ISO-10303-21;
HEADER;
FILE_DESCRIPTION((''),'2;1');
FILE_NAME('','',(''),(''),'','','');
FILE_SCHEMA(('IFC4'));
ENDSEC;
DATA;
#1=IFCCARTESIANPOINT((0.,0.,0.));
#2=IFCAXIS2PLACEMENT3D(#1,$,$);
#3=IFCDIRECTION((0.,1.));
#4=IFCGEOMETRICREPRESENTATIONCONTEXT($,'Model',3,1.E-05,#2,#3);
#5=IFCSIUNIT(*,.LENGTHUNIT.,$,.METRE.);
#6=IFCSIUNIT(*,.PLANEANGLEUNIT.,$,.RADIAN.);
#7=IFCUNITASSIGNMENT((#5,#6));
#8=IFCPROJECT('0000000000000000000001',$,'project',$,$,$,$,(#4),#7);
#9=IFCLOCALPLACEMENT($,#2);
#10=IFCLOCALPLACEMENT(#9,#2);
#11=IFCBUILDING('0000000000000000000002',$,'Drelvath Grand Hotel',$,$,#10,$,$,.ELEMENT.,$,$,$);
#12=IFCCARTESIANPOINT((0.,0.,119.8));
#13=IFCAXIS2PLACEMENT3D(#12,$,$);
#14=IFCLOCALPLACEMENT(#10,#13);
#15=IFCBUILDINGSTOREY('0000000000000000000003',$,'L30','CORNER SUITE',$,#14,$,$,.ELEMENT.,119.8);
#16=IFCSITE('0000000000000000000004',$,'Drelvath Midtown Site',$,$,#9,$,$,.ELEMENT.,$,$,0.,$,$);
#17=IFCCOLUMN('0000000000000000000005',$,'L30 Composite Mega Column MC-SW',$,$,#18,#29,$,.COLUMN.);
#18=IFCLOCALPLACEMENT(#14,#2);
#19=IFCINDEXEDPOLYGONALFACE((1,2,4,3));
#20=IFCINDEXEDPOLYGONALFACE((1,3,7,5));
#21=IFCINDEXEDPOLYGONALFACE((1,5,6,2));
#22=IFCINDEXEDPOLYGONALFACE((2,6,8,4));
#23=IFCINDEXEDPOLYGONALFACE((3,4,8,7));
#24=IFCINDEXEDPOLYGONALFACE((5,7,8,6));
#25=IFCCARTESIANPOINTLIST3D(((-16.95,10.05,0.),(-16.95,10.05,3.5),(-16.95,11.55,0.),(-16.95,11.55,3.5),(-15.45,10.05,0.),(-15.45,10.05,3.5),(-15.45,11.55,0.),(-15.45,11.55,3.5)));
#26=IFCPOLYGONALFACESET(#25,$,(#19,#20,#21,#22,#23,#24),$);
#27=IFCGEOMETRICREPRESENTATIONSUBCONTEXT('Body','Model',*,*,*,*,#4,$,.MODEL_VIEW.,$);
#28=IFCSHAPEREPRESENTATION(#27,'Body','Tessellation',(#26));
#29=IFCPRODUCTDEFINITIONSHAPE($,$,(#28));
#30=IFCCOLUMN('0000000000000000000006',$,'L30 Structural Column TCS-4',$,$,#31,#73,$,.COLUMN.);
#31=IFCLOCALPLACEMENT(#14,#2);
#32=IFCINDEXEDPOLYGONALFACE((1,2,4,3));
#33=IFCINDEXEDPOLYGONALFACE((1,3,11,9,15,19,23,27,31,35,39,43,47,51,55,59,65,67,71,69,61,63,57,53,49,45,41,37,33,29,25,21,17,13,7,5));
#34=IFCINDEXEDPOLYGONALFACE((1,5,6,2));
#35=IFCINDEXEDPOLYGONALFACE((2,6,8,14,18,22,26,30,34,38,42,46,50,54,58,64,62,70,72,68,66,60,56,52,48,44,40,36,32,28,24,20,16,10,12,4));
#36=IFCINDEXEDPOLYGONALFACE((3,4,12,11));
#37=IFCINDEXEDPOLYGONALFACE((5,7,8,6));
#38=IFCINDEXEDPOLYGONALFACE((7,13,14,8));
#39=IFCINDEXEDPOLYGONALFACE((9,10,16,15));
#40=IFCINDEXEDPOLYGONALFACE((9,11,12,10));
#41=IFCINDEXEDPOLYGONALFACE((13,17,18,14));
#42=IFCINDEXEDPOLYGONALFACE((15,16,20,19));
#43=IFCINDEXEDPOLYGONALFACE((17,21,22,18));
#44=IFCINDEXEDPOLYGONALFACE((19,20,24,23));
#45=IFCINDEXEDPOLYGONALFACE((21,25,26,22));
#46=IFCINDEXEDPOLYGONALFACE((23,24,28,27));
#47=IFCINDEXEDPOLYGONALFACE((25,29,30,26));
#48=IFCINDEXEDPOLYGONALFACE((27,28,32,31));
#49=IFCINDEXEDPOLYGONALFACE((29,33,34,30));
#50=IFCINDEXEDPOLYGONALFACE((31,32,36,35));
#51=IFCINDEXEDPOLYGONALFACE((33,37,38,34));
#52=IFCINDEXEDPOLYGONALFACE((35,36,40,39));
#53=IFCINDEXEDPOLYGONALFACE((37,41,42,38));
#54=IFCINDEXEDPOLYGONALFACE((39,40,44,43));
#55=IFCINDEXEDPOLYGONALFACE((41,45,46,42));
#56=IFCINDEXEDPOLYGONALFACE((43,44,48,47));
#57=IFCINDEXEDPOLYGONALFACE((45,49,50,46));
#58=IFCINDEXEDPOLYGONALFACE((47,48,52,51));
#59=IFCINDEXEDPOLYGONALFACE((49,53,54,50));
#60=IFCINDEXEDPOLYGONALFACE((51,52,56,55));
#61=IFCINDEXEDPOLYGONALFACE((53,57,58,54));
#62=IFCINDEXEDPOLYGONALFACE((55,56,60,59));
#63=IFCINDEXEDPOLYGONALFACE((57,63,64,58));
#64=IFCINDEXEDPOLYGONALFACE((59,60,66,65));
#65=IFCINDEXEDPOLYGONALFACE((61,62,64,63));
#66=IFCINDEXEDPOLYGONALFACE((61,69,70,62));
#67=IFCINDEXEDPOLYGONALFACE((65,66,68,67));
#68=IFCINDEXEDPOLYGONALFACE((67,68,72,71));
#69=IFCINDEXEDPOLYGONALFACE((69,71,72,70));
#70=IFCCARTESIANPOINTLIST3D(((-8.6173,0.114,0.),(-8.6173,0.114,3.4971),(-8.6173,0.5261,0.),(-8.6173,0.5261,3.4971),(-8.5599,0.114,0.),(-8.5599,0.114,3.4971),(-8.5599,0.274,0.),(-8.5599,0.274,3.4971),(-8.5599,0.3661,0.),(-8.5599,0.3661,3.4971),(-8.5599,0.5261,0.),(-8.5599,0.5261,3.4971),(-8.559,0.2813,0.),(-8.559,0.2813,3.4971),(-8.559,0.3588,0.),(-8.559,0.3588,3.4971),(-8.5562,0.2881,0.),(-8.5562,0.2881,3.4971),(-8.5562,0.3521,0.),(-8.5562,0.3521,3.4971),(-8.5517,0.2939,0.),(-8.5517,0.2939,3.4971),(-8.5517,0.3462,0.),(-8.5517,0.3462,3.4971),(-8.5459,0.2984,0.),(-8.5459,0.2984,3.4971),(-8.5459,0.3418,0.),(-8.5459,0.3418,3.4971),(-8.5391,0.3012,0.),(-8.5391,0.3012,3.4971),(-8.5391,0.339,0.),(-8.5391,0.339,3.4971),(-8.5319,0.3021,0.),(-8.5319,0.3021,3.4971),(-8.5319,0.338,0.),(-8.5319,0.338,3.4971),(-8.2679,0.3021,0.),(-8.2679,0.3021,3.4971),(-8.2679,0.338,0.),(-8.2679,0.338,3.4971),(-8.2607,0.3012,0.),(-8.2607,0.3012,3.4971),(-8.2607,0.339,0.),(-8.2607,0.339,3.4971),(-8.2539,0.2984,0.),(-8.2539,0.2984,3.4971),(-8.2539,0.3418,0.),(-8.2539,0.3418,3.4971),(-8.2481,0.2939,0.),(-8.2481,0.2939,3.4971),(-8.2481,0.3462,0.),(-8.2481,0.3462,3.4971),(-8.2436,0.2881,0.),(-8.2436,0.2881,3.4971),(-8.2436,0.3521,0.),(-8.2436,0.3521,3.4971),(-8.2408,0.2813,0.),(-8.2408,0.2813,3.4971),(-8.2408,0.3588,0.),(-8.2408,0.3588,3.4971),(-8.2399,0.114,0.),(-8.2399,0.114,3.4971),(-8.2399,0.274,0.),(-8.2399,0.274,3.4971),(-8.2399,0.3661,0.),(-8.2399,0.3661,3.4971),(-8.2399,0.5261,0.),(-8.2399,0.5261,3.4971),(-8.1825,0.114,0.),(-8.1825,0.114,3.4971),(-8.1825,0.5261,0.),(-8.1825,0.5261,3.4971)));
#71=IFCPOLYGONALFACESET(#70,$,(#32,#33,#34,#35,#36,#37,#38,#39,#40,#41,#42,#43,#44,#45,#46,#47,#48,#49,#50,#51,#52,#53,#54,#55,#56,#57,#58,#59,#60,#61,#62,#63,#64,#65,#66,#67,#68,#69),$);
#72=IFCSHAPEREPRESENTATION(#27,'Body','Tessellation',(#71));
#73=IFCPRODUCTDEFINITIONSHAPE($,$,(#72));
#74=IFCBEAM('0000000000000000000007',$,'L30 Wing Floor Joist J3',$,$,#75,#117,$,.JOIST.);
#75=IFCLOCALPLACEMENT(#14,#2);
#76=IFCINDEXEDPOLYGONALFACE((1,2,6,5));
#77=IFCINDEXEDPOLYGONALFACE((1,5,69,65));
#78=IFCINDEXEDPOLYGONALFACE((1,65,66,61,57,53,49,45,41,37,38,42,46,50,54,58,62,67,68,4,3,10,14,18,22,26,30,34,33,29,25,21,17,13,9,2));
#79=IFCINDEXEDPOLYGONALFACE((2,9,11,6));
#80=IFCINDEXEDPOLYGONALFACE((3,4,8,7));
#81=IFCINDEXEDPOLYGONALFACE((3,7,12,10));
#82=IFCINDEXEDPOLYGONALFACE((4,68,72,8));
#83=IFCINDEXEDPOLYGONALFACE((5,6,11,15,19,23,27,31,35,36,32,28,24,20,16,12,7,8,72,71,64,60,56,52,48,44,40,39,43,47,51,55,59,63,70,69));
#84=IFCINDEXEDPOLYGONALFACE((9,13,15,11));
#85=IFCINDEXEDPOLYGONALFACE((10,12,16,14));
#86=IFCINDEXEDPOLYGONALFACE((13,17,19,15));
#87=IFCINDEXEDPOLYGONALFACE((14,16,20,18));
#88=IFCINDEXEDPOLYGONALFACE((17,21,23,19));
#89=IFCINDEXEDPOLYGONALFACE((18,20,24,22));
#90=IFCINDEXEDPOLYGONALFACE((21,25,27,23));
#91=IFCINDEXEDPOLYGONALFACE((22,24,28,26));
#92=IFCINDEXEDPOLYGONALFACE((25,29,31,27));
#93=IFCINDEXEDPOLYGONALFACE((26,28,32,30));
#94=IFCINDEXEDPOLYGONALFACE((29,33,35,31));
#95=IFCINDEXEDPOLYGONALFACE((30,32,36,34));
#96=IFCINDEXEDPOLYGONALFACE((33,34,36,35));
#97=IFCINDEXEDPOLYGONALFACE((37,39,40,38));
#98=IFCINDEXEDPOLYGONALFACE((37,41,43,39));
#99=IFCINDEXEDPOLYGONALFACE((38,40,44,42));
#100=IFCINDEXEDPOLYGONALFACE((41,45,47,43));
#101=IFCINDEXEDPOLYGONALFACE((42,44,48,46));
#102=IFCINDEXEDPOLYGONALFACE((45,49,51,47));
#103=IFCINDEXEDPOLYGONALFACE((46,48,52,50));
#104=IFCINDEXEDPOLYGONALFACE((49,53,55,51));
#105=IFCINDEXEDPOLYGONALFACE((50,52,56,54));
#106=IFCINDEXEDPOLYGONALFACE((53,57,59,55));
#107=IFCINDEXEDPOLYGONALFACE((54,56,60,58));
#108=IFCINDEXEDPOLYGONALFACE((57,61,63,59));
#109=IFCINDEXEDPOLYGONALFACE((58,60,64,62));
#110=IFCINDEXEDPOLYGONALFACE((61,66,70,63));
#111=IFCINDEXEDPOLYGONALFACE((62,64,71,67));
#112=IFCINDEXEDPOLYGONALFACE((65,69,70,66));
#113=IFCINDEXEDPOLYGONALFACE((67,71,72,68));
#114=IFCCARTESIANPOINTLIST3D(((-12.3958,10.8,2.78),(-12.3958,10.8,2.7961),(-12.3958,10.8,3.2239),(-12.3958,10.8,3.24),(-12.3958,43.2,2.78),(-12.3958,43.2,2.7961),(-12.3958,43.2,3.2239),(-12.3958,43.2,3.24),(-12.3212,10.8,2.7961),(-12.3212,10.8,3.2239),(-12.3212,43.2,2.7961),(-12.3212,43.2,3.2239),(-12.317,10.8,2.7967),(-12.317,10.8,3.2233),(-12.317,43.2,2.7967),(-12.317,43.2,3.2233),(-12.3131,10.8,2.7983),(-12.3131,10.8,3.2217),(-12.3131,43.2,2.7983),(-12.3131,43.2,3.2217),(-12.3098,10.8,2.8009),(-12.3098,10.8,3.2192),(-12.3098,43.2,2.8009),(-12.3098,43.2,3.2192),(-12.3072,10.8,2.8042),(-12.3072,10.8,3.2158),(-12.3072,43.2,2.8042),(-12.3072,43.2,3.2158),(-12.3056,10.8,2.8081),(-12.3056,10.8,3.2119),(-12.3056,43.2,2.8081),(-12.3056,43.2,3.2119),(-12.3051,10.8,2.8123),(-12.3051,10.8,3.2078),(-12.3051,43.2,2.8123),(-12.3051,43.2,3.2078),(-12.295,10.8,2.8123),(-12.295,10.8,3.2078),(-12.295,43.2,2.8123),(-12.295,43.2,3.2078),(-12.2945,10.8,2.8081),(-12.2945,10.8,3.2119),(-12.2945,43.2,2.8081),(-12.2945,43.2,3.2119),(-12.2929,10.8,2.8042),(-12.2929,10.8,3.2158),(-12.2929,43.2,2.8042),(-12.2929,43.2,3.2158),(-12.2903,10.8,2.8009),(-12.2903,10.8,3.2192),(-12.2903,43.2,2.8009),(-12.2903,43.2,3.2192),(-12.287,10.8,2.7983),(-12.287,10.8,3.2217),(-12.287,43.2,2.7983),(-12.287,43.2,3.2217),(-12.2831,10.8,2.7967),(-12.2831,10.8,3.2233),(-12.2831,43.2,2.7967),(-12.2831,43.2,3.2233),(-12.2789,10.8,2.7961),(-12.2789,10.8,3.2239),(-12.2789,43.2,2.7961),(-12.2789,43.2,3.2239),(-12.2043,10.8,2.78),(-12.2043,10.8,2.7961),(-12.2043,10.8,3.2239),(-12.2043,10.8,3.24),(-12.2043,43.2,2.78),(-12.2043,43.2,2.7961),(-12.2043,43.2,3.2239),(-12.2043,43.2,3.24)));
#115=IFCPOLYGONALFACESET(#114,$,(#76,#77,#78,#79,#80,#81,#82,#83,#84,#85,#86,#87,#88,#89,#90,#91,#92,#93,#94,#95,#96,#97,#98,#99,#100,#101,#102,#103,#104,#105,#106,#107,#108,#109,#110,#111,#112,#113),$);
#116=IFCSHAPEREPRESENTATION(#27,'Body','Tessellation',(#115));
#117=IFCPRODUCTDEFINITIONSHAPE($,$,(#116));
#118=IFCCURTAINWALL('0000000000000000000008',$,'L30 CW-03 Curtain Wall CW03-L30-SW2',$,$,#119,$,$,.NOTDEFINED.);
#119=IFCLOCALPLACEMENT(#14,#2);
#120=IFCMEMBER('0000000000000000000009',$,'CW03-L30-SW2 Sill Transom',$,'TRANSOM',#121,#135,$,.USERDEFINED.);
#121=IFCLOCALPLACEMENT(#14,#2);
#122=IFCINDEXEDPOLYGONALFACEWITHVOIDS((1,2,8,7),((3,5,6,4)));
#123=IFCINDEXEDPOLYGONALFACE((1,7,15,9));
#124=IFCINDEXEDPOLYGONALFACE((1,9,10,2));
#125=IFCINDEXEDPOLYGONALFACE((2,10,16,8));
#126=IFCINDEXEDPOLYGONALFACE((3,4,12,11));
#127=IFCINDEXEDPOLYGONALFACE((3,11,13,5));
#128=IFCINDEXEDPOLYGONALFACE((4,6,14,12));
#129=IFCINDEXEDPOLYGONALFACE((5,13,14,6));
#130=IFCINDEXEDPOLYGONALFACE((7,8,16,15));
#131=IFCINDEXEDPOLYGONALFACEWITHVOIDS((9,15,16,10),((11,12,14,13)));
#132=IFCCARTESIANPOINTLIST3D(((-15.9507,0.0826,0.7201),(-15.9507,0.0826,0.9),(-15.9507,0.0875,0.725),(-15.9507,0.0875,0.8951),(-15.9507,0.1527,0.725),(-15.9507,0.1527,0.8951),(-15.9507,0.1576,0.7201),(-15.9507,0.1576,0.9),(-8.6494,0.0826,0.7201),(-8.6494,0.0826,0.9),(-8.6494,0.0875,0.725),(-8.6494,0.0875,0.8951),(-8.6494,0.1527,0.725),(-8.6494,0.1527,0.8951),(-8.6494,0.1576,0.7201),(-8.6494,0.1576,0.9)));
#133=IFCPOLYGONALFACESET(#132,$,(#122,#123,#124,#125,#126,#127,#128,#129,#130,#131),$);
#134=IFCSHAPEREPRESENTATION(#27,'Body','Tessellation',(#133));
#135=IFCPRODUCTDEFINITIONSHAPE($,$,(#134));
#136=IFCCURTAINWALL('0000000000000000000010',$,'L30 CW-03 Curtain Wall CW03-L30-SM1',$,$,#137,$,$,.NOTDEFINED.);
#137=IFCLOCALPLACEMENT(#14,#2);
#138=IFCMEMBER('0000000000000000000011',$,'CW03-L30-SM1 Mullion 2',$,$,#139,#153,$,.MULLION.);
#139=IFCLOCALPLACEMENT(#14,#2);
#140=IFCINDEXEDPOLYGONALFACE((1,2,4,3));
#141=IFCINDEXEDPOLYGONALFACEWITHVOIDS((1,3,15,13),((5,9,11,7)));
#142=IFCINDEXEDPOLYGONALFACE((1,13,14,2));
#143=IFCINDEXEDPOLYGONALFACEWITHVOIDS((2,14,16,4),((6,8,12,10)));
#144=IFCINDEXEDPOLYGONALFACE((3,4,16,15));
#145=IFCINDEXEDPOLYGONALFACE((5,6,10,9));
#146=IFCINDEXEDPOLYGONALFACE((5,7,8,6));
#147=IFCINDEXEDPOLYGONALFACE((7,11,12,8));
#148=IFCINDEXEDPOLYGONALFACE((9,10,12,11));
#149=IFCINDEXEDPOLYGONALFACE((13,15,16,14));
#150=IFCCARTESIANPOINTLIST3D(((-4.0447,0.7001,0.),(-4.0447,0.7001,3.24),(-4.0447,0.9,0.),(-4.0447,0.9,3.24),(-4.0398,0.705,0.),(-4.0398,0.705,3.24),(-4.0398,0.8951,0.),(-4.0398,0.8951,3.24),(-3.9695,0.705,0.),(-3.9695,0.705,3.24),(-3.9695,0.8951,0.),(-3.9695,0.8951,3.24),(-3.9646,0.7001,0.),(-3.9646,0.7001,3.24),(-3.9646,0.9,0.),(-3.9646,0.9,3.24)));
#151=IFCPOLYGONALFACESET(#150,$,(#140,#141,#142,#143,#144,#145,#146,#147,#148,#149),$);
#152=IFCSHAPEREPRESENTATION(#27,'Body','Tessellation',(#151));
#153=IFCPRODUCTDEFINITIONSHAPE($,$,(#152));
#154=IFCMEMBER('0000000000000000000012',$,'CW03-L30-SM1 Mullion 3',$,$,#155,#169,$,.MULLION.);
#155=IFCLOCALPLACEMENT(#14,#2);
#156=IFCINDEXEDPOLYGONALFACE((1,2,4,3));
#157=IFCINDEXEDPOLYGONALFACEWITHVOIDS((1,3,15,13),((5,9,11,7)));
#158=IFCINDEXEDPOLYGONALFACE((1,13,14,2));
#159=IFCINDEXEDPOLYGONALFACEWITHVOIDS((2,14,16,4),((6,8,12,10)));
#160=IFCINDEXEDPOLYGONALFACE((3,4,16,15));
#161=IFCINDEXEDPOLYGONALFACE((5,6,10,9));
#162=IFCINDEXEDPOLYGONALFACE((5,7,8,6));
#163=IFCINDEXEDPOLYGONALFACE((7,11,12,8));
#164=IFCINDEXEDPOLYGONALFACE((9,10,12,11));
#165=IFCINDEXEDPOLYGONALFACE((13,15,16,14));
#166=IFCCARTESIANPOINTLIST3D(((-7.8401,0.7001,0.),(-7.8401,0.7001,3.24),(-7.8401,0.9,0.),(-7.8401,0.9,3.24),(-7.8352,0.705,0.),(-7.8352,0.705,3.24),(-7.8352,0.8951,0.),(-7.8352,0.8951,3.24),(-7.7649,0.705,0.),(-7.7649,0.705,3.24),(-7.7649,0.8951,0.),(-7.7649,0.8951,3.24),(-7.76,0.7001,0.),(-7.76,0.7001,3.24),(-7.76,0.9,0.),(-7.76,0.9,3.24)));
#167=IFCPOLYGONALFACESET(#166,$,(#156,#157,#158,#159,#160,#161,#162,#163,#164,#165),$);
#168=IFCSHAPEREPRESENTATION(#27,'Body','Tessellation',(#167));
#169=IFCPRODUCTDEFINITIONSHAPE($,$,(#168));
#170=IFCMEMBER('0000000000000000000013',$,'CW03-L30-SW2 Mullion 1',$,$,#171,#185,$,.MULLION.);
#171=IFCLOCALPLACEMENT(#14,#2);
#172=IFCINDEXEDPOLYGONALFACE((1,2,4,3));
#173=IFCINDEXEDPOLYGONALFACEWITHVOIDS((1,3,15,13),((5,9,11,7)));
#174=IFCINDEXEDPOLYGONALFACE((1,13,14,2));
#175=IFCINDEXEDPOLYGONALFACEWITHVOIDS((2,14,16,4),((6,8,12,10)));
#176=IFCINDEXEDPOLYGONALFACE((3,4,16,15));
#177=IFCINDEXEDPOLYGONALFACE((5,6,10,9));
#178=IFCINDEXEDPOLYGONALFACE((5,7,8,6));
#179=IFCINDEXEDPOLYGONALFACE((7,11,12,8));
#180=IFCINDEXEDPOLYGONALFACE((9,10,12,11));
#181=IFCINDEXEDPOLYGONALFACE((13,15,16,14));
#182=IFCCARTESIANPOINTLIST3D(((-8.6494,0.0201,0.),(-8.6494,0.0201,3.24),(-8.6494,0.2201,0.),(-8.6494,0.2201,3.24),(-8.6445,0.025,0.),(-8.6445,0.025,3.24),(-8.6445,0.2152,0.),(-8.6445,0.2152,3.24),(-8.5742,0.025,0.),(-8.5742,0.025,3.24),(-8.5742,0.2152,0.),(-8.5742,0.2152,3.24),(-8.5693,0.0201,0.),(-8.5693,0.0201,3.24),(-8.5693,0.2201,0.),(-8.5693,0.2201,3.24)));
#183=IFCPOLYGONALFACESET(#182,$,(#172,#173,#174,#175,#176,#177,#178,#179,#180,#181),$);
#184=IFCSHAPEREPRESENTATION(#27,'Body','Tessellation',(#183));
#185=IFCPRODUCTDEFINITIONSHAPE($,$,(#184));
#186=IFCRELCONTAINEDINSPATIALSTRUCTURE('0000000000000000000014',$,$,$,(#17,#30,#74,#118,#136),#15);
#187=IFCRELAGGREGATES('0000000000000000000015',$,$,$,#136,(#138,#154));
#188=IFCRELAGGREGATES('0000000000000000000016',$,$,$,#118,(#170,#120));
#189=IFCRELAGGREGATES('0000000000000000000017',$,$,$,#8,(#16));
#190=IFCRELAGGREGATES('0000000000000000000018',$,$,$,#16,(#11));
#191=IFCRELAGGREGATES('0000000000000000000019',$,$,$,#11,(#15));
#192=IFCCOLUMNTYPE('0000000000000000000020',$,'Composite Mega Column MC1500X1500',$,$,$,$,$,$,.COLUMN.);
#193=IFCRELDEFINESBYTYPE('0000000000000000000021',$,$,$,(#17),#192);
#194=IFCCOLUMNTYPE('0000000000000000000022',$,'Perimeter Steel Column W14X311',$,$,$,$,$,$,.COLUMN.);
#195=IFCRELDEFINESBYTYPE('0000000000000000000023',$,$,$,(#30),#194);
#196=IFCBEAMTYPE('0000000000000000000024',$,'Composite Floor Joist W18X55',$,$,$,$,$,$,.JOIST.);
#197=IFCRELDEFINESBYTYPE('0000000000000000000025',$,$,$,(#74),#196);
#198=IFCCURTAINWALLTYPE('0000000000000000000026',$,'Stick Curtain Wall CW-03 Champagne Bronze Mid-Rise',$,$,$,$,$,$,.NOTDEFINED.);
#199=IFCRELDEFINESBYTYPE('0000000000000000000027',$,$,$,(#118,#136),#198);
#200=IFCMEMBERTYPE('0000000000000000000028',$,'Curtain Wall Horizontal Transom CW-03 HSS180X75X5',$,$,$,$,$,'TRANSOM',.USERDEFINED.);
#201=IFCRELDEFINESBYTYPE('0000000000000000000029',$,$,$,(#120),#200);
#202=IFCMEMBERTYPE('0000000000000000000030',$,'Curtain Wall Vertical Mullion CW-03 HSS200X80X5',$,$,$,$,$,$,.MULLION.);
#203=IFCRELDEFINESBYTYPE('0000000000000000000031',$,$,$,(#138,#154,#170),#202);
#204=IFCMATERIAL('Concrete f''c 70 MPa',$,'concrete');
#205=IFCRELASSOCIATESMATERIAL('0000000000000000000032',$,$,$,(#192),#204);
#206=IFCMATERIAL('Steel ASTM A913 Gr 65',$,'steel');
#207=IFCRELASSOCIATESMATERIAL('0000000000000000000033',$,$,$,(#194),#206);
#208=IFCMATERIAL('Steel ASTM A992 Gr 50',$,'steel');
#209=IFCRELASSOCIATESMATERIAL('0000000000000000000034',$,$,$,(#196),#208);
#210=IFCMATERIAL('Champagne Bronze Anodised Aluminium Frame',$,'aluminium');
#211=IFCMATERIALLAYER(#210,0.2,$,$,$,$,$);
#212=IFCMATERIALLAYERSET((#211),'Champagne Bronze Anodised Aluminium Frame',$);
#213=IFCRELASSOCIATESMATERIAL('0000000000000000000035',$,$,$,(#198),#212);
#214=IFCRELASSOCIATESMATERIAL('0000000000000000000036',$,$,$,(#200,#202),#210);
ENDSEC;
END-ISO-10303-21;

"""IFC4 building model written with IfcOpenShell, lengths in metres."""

from ifc_helpers import new_model, si_unit, direction, frame, origin, origin_2d, place, context, subcontext, project, spatial, rectangle, hollow_rectangle, i_section, extrude, material, layer, layer_set, material_profile, profile_set, type_object, element, aggregate, save


model = new_model("IFC4")

# Units and contexts
model_context = context("Model", 3, precision=1e-05, world=origin(), true_north=direction((0.0, 1.0)))
body_context = subcontext(model_context, "Body", "Model", "MODEL_VIEW")
ifc_project = project(units=[si_unit("LENGTHUNIT", "METRE"), si_unit("PLANEANGLEUNIT", "RADIAN")], contexts=[model_context])

# Site, building, storey
site_placement = place(None, origin())
site = spatial("IfcSite", under=ifc_project, at=site_placement, Name="Drelvath Midtown Site", CompositionType="ELEMENT", RefElevation=0.0)
building_placement = place(site_placement, origin())
building = spatial("IfcBuilding", under=site, at=building_placement, Name="Drelvath Grand Hotel", CompositionType="ELEMENT")
storey_placement = place(building_placement, frame((0.0, 0.0, 119.8)))
storey = spatial("IfcBuildingStorey", under=building, at=storey_placement, Name="L30", Description="CORNER SUITE", CompositionType="ELEMENT", Elevation=119.8)

# Columns
ifc_material_1 = material(Name="Concrete f'c 70 MPa", Category="concrete")
ifc_material_profile_1 = material_profile(ifc_material_1, rectangle(XDim=1.5, YDim=1.5, at=origin_2d()), Name="MC1500X1500")
ifc_profile_set_1 = profile_set([ifc_material_profile_1], Name="Concrete f'c 70 MPa")
column_type_1 = type_object("IfcColumnType", Name="Composite Mega Column MC1500X1500", PredefinedType="COLUMN", material=ifc_profile_set_1)
column_1_placement = place(storey_placement, frame((-16.2, 10.8, 0.0), z_axis=(0.0, 0.0, 1.0), x_axis=(1.0, 0.0, 0.0)))
element("IfcColumn", 1, at=column_1_placement, inside=storey, type_object=column_type_1, Name="L30 Composite Mega Column MC-SW", PredefinedType="COLUMN", context=body_context, shape_type="SweptSolid", body=[
    extrude(rectangle(XDim=1.5, YDim=1.5, at=origin_2d()), origin(), (0.0, 0.0, 1.0), 3.5),
])
ifc_material_2 = material(Name="Steel ASTM A913 Gr 65", Category="steel")
ifc_material_profile_2 = material_profile(ifc_material_2, i_section(OverallWidth=0.4121, OverallDepth=0.4348, WebThickness=0.0359, FlangeThickness=0.0574, FilletRadius=0.0281, at=origin_2d()), Name="W14X311")
ifc_profile_set_2 = profile_set([ifc_material_profile_2], Name="Steel ASTM A913 Gr 65")
column_type_2 = type_object("IfcColumnType", Name="Perimeter Steel Column W14X311", PredefinedType="COLUMN", material=ifc_profile_set_2)
column_2_placement = place(storey_placement, frame((-8.3999, 0.3201, 0.0), z_axis=(0.0, 0.0, 1.0), x_axis=(0.0, 1.0, 0.0)))
element("IfcColumn", 2, at=column_2_placement, inside=storey, type_object=column_type_2, Name="L30 Structural Column TCS-4", PredefinedType="COLUMN", context=body_context, shape_type="SweptSolid", body=[
    extrude(i_section(OverallWidth=0.4121, OverallDepth=0.4348, WebThickness=0.0359, FlangeThickness=0.0574, FilletRadius=0.0281, at=origin_2d()), origin(), (0.0, 0.0, 1.0), 3.4971),
])

# Beam
ifc_material_3 = material(Name="Steel ASTM A992 Gr 50", Category="steel")
ifc_material_profile_3 = material_profile(ifc_material_3, i_section(OverallWidth=0.1914, OverallDepth=0.46, WebThickness=0.01, FlangeThickness=0.0161, FilletRadius=0.0161, at=origin_2d()), Name="W18X55")
ifc_profile_set_3 = profile_set([ifc_material_profile_3], Name="Steel ASTM A992 Gr 50")
beam_type_1 = type_object("IfcBeamType", Name="Composite Floor Joist W18X55", PredefinedType="JOIST", material=ifc_profile_set_3)
beam_1_placement = place(storey_placement, frame((-12.3, 10.8, 3.01), z_axis=(0.0, 1.0, 0.0), x_axis=(-1.0, 0.0, 0.0)))
element("IfcBeam", 3, at=beam_1_placement, inside=storey, type_object=beam_type_1, Name="L30 Wing Floor Joist J3", PredefinedType="JOIST", context=body_context, shape_type="SweptSolid", body=[
    extrude(i_section(OverallWidth=0.1914, OverallDepth=0.46, WebThickness=0.01, FlangeThickness=0.0161, FilletRadius=0.0161, at=origin_2d()), origin(), (0.0, 0.0, 1.0), 32.3999),
])

# Curtain wall, member
ifc_material_4 = material(Name="Champagne Bronze Anodised Aluminium Frame", Category="aluminium")
ifc_layer_1 = layer(ifc_material_4, 0.2)
ifc_layer_set_1 = layer_set([ifc_layer_1], Name="Champagne Bronze Anodised Aluminium Frame")
curtain_wall_type = type_object("IfcCurtainWallType", Name="Stick Curtain Wall CW-03 Champagne Bronze Mid-Rise", PredefinedType="NOTDEFINED", material=ifc_layer_set_1)
curtain_wall_1_placement = place(storey_placement, origin())
curtain_wall_1 = element("IfcCurtainWall", 4, at=curtain_wall_1_placement, inside=storey, type_object=curtain_wall_type, Name="L30 CW-03 Curtain Wall CW03-L30-SW2", PredefinedType="NOTDEFINED")
ifc_material_profile_4 = material_profile(ifc_material_4, hollow_rectangle(XDim=0.075, YDim=0.1799, WallThickness=0.0049, at=origin_2d()), Name="HSS180X75X5")
ifc_profile_set_4 = profile_set([ifc_material_profile_4], Name="Champagne Bronze Anodised Aluminium Frame")
member_type_1 = type_object("IfcMemberType", Name="Curtain Wall Horizontal Transom CW-03 HSS180X75X5", ElementType="TRANSOM", PredefinedType="USERDEFINED", material=ifc_profile_set_4)
member_1_placement = place(storey_placement, frame((-8.6494, 0.1201, 0.8101), z_axis=(-1.0, 0.0, 0.0), x_axis=(0.0, -1.0, 0.0)))
member_1 = element("IfcMember", 5, at=member_1_placement, type_object=member_type_1, Name="CW03-L30-SW2 Sill Transom", ObjectType="TRANSOM", PredefinedType="USERDEFINED", context=body_context, shape_type="SweptSolid", body=[
    extrude(hollow_rectangle(XDim=0.075, YDim=0.1799, WallThickness=0.0049, at=origin_2d()), origin(), (0.0, 0.0, 1.0), 7.3013),
])

# Curtain wall, members
curtain_wall_2_placement = place(storey_placement, origin())
curtain_wall_2 = element("IfcCurtainWall", 6, at=curtain_wall_2_placement, inside=storey, type_object=curtain_wall_type, Name="L30 CW-03 Curtain Wall CW03-L30-SM1", PredefinedType="NOTDEFINED")
ifc_material_profile_5 = material_profile(ifc_material_4, hollow_rectangle(XDim=0.0801, YDim=0.2, WallThickness=0.0049, at=origin_2d()), Name="HSS200X80X5")
ifc_profile_set_5 = profile_set([ifc_material_profile_5], Name="Champagne Bronze Anodised Aluminium Frame")
member_type_2 = type_object("IfcMemberType", Name="Curtain Wall Vertical Mullion CW-03 HSS200X80X5", PredefinedType="MULLION", material=ifc_profile_set_5)
member_2_placement = place(storey_placement, frame((-4.0046, 0.8, 0.0), z_axis=(0.0, 0.0, 1.0), x_axis=(1.0, 0.0, 0.0)))
member_2 = element("IfcMember", 7, at=member_2_placement, type_object=member_type_2, Name="CW03-L30-SM1 Mullion 2", PredefinedType="MULLION", context=body_context, shape_type="SweptSolid", body=[
    extrude(hollow_rectangle(XDim=0.0801, YDim=0.2, WallThickness=0.0049, at=origin_2d()), origin(), (0.0, 0.0, 1.0), 3.24),
])
member_3_placement = place(storey_placement, frame((-7.8, 0.8, 0.0), z_axis=(0.0, 0.0, 1.0), x_axis=(1.0, 0.0, 0.0)))
member_3 = element("IfcMember", 8, at=member_3_placement, type_object=member_type_2, Name="CW03-L30-SM1 Mullion 3", PredefinedType="MULLION", context=body_context, shape_type="SweptSolid", body=[
    extrude(hollow_rectangle(XDim=0.0801, YDim=0.2, WallThickness=0.0049, at=origin_2d()), origin(), (0.0, 0.0, 1.0), 3.24),
])

# Member
member_4_placement = place(storey_placement, frame((-8.6094, 0.1201, 0.0), z_axis=(0.0, 0.0, 1.0), x_axis=(1.0, 0.0, 0.0)))
member_4 = element("IfcMember", 9, at=member_4_placement, type_object=member_type_2, Name="CW03-L30-SW2 Mullion 1", PredefinedType="MULLION", context=body_context, shape_type="SweptSolid", body=[
    extrude(hollow_rectangle(XDim=0.0801, YDim=0.2, WallThickness=0.0049, at=origin_2d()), origin(), (0.0, 0.0, 1.0), 3.24),
])

aggregate(curtain_wall_2, [member_2, member_3])
aggregate(curtain_wall_1, [member_4, member_1])

save(model, "model.ifc")
